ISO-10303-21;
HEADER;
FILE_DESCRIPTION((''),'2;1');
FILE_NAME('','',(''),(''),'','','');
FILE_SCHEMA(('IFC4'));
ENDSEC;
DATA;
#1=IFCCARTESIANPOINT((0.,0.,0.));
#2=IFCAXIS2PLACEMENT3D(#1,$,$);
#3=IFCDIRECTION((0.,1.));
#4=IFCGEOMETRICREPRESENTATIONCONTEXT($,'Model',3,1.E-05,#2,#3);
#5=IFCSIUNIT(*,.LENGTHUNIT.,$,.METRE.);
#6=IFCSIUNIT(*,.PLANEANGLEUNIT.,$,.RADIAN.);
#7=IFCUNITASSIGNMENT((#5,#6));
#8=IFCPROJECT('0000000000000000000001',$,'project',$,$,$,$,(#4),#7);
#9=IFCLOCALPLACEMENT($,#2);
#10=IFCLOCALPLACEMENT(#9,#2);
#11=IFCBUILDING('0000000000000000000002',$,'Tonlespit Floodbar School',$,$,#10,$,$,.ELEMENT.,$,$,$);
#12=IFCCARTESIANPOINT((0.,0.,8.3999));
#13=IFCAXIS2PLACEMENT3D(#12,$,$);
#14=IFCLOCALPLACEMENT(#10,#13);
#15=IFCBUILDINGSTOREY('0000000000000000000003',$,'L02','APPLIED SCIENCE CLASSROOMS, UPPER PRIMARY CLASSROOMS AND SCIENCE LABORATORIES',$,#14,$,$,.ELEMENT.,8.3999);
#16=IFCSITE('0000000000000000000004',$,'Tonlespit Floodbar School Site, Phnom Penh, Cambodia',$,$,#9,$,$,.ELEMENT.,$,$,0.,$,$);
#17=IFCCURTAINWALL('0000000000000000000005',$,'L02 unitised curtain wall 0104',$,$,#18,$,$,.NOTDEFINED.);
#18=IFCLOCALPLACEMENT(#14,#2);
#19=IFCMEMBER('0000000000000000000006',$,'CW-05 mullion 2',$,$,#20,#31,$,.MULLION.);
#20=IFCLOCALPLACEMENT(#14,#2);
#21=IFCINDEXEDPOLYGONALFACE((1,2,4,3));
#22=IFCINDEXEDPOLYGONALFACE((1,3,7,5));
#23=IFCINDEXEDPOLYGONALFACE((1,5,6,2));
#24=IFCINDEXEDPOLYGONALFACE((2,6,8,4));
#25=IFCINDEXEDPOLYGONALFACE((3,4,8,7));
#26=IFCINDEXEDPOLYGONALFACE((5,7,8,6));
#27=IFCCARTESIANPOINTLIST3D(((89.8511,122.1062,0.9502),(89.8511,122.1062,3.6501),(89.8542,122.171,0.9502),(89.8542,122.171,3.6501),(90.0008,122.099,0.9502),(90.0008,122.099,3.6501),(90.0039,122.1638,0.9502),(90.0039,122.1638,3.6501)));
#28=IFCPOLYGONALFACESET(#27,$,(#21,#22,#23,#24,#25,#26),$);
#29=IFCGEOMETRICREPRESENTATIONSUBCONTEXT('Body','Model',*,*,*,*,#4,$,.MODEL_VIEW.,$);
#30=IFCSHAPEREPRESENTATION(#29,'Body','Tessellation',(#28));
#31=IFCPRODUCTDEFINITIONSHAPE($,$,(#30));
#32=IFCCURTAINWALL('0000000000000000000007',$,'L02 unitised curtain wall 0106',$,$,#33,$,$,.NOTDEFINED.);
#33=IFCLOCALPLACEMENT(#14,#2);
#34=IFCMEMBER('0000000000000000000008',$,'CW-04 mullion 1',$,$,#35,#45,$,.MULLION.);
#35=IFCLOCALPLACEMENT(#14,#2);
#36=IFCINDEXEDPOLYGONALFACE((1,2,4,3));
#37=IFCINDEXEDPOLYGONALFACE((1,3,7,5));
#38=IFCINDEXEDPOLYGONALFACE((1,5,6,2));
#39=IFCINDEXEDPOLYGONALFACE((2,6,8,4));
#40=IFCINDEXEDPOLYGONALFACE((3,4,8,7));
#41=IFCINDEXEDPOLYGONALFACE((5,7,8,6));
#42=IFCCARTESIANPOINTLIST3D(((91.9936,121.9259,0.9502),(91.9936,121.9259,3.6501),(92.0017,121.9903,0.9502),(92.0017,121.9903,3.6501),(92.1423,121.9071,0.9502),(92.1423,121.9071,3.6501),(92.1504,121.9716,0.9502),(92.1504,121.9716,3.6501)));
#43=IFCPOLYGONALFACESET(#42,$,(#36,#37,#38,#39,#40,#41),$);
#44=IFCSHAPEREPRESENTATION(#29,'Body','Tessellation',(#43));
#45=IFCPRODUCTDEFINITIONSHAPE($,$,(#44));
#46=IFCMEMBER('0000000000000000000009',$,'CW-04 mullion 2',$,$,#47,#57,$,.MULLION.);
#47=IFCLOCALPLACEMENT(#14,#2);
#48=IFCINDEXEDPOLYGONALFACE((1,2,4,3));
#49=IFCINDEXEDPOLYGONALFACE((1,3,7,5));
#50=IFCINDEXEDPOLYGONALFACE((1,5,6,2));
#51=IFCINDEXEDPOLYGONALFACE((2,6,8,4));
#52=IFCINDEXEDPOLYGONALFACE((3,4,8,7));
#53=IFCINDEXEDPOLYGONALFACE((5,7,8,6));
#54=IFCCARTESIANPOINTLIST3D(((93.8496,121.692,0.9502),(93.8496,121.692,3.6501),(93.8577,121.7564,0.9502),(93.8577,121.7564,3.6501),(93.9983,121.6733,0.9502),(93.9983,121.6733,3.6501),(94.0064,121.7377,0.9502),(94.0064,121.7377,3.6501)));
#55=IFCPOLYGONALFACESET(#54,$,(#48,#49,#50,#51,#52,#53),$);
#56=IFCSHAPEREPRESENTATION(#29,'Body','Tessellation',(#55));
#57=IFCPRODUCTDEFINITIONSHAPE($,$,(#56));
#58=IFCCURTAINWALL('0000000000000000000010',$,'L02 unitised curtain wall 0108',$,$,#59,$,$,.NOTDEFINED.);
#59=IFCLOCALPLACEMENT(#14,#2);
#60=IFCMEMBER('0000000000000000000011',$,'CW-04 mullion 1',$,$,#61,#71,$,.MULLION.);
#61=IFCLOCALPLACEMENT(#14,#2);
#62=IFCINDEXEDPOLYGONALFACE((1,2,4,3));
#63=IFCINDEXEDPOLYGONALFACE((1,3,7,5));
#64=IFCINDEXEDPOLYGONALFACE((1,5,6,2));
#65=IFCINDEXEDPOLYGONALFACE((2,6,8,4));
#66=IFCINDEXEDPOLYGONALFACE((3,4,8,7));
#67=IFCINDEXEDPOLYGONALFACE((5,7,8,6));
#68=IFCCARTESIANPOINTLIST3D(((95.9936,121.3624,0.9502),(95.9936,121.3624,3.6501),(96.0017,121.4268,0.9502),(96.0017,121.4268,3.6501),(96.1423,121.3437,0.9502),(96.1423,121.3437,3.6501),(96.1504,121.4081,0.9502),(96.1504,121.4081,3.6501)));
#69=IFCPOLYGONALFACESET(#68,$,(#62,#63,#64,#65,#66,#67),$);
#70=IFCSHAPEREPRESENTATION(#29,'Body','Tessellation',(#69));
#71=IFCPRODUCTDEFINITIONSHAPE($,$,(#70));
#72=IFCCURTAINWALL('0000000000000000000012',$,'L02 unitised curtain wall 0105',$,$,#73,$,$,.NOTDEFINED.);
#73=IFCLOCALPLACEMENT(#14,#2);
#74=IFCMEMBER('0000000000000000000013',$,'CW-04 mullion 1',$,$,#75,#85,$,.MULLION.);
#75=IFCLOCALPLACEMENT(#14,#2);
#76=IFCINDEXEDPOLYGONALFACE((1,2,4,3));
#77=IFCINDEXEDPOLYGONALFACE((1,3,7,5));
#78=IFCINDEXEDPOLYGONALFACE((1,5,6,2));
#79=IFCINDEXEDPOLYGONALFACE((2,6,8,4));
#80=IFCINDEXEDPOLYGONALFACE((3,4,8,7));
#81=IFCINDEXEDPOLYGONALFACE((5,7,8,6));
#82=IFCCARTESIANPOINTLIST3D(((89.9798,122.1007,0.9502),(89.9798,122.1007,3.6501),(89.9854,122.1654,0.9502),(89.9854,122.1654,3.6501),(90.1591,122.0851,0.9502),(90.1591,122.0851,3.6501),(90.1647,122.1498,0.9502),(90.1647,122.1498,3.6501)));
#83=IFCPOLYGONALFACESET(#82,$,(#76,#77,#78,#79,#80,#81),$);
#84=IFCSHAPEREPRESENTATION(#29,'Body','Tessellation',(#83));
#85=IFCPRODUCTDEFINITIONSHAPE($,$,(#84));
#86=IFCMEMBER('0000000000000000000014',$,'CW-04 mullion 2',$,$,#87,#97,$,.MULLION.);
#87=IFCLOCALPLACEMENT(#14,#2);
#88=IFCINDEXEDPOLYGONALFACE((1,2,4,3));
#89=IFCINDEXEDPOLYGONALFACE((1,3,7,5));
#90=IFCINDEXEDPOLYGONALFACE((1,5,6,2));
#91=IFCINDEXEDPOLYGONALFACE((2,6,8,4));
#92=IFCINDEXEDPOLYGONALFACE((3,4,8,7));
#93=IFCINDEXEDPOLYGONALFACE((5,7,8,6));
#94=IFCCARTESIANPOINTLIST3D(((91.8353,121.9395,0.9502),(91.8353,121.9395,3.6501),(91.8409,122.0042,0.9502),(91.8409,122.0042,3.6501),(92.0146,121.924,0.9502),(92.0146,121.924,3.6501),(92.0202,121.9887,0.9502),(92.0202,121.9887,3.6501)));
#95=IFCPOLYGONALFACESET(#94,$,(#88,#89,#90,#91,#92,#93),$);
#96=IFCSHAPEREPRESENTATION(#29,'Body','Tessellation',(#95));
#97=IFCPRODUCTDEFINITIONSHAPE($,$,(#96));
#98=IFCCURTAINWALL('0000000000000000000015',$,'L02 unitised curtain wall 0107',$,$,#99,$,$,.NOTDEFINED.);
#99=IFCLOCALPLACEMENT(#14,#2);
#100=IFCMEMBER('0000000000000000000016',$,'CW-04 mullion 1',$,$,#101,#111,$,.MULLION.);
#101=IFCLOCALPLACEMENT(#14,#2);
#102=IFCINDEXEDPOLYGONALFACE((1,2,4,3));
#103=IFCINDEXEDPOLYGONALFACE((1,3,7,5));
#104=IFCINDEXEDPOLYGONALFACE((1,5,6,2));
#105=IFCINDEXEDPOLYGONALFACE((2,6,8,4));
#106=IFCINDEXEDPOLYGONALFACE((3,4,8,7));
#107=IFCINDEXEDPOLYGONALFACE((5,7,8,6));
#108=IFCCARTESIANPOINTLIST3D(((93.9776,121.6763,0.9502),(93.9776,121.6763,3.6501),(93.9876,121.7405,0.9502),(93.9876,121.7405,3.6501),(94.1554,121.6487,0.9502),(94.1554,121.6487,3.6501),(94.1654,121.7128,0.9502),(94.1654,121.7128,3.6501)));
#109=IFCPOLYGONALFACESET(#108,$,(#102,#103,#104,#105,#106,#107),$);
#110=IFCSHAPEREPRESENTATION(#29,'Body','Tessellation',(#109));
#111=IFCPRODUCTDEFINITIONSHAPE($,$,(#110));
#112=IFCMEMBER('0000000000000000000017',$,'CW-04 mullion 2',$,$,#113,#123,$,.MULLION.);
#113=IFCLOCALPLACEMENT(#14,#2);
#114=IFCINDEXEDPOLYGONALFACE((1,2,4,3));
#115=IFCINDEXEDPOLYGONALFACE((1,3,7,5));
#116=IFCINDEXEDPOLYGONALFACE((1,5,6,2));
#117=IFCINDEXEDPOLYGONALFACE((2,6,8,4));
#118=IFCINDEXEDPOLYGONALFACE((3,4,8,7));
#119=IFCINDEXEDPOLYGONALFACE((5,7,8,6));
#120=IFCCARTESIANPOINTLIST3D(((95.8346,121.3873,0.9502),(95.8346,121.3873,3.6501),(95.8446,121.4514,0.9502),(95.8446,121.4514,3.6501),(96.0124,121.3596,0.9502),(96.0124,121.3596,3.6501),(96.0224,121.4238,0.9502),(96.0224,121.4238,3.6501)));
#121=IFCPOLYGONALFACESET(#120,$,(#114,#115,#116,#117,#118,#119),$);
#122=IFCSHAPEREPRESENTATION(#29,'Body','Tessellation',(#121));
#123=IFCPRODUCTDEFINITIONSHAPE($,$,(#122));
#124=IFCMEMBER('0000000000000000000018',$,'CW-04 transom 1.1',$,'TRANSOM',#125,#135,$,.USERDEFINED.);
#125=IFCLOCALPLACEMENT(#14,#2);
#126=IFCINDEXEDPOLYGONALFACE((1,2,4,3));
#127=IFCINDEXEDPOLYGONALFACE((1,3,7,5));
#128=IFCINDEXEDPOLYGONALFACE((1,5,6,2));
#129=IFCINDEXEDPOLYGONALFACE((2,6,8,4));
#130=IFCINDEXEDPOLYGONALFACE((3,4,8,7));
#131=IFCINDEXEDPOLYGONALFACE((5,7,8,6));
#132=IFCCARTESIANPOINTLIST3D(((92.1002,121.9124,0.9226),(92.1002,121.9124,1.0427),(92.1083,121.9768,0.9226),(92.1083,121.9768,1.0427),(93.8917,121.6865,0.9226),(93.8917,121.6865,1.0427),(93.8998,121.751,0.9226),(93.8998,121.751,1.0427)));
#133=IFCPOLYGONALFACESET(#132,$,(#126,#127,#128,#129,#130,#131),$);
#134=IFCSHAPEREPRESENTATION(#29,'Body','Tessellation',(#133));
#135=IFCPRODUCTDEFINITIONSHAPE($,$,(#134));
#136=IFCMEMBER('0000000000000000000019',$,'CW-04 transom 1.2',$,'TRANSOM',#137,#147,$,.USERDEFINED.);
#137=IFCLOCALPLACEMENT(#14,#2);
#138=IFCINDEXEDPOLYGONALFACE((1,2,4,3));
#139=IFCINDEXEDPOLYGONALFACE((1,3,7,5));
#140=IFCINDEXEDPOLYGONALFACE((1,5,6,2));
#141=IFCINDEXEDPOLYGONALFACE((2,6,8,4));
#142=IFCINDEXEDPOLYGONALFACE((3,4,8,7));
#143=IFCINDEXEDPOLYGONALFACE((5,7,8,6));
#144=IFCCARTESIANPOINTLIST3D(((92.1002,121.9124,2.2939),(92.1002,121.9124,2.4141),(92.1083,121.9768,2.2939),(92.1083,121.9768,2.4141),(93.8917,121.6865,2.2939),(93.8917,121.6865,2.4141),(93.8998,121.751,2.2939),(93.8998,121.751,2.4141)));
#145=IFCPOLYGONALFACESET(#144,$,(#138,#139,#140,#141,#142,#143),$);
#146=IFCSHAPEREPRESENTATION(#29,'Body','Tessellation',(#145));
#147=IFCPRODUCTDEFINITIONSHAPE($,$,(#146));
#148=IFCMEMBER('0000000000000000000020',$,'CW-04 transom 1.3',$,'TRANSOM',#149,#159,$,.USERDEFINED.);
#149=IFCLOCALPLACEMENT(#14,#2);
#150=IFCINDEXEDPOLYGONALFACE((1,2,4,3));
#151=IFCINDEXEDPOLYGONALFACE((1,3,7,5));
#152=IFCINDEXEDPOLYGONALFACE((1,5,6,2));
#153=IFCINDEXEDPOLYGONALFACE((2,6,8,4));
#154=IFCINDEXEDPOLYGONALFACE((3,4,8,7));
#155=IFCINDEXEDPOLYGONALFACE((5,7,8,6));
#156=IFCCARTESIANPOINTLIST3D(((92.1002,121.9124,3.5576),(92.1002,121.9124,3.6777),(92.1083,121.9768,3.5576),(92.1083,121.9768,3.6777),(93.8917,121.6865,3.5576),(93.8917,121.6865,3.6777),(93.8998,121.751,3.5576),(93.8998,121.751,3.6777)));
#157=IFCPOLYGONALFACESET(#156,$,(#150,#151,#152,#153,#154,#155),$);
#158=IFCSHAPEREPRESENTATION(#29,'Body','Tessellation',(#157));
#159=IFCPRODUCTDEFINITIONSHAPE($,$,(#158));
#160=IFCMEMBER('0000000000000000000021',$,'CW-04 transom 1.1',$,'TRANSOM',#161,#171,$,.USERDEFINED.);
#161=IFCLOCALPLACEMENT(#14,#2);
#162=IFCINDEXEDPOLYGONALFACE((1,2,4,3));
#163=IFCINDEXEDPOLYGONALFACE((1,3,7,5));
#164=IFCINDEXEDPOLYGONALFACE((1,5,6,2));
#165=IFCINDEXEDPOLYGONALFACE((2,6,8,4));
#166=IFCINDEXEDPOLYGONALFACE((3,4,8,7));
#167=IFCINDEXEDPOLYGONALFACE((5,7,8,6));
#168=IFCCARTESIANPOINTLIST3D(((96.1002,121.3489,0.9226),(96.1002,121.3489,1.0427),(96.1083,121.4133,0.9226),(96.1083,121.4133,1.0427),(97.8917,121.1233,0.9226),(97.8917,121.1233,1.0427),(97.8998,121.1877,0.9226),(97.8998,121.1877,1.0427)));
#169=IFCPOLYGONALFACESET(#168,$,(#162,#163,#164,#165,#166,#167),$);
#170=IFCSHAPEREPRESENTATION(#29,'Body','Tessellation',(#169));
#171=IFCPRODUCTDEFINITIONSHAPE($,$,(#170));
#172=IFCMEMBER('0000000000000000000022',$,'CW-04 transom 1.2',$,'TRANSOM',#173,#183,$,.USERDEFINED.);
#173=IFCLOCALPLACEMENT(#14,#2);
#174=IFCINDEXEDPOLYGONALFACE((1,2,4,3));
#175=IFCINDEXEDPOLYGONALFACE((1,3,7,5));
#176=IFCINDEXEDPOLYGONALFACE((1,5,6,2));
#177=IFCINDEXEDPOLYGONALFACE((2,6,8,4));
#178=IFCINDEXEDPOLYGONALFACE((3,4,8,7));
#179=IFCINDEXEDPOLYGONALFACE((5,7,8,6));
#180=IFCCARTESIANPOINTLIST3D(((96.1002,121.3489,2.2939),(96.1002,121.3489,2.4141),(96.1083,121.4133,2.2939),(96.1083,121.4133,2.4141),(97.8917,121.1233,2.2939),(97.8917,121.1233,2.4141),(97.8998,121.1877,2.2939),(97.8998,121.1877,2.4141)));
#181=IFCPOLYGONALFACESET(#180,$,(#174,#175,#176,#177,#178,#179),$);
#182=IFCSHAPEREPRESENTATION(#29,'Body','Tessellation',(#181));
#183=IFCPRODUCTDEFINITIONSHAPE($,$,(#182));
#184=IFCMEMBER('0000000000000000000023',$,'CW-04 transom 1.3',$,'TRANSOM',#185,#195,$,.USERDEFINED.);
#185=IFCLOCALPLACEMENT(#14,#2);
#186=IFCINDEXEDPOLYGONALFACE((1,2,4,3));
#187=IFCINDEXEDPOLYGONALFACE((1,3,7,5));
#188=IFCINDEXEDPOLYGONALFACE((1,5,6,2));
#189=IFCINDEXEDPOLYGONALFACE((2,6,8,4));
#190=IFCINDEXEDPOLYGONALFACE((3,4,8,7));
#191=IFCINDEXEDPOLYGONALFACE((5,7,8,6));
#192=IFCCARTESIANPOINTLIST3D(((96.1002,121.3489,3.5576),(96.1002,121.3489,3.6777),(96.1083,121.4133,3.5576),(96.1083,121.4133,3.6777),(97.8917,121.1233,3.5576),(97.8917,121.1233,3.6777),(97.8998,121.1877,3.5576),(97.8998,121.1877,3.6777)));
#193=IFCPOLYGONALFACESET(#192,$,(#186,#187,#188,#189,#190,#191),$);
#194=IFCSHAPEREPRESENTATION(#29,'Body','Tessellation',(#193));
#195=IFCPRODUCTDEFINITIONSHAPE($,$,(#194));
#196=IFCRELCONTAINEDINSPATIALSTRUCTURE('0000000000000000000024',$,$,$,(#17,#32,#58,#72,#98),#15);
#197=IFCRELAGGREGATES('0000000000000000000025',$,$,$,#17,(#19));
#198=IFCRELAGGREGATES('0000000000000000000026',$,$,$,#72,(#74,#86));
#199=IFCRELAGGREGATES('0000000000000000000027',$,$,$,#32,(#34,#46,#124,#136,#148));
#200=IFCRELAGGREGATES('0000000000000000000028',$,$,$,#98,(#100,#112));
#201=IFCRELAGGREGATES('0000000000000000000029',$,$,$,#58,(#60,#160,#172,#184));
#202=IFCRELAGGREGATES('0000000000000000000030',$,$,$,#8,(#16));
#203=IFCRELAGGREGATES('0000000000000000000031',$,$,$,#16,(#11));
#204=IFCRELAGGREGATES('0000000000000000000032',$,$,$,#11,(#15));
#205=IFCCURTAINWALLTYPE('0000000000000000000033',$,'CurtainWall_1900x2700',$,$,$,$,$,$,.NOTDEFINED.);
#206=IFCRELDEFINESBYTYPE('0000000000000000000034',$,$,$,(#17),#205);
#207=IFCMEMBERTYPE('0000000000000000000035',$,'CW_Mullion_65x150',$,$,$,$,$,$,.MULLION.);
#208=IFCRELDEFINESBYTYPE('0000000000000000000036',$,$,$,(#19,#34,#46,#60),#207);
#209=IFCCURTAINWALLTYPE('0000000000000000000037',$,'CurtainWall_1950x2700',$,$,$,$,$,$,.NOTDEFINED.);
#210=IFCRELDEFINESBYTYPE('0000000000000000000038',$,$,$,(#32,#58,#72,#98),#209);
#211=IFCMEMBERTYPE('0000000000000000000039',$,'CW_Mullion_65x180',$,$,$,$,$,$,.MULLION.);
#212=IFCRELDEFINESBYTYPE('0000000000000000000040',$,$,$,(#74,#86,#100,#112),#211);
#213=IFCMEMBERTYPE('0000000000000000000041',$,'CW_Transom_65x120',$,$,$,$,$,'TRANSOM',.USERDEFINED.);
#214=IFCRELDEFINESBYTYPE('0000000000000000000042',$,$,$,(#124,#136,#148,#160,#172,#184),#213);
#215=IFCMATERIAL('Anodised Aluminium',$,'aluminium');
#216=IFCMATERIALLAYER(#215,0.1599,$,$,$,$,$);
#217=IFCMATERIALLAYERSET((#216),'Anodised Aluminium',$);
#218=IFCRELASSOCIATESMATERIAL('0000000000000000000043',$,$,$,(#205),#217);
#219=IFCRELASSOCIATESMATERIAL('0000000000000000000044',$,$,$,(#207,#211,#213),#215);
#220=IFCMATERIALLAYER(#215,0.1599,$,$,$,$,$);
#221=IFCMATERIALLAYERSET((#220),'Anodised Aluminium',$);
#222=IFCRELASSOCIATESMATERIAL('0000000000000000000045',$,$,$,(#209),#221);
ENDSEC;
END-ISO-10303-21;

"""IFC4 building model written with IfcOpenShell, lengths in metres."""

from ifc_helpers import new_model, si_unit, direction, frame, origin, origin_2d, place, context, subcontext, project, spatial, rectangle, extrude, material, layer, layer_set, material_profile, profile_set, type_object, element, aggregate, save


model = new_model("IFC4")

# Units and contexts
model_context = context("Model", 3, precision=1e-05, world=origin(), true_north=direction((0.0, 1.0)))
body_context = subcontext(model_context, "Body", "Model", "MODEL_VIEW")
ifc_project = project(units=[si_unit("LENGTHUNIT", "METRE"), si_unit("PLANEANGLEUNIT", "RADIAN")], contexts=[model_context])

# Site, building, storey
site_placement = place(None, origin())
site = spatial("IfcSite", under=ifc_project, at=site_placement, Name="Tonlespit Floodbar School Site, Phnom Penh, Cambodia", CompositionType="ELEMENT", RefElevation=0.0)
building_placement = place(site_placement, origin())
building = spatial("IfcBuilding", under=site, at=building_placement, Name="Tonlespit Floodbar School", CompositionType="ELEMENT")
storey_placement = place(building_placement, frame((0.0, 0.0, 8.3999)))
storey = spatial("IfcBuildingStorey", under=building, at=storey_placement, Name="L02", Description="APPLIED SCIENCE CLASSROOMS, UPPER PRIMARY CLASSROOMS AND SCIENCE LABORATORIES", CompositionType="ELEMENT", Elevation=8.3999)

# Curtain wall, member
ifc_material_1 = material(Name="Anodised Aluminium", Category="aluminium")
ifc_layer_1 = layer(ifc_material_1, 0.1599)
ifc_layer_set_1 = layer_set([ifc_layer_1], Name="Anodised Aluminium")
curtain_wall_type_1 = type_object("IfcCurtainWallType", Name="CurtainWall_1900x2700", PredefinedType="NOTDEFINED", material=ifc_layer_set_1)
curtain_wall_1_placement = place(storey_placement, origin())
curtain_wall_1 = element("IfcCurtainWall", 1, at=curtain_wall_1_placement, inside=storey, type_object=curtain_wall_type_1, Name="L02 unitised curtain wall 0104", PredefinedType="NOTDEFINED")
ifc_material_profile_1 = material_profile(ifc_material_1, rectangle(XDim=0.0649, YDim=0.1499, at=origin_2d()), Name="ALU M65x150")
ifc_profile_set_1 = profile_set([ifc_material_profile_1], Name="Anodised Aluminium")
member_type_1 = type_object("IfcMemberType", Name="CW_Mullion_65x150", PredefinedType="MULLION", material=ifc_profile_set_1)
member_1_placement = place(storey_placement, frame((89.9275, 122.135, 0.9502), z_axis=(0.0, 0.0, 1.0), x_axis=(0.048121, 0.998842, 0.0)))
member_1 = element("IfcMember", 2, at=member_1_placement, type_object=member_type_1, Name="CW-05 mullion 2", PredefinedType="MULLION", context=body_context, shape_type="SweptSolid", body=[
    extrude(rectangle(XDim=0.0649, YDim=0.1499, at=origin_2d()), origin(), (0.0, 0.0, 1.0), 2.7),
])
aggregate(curtain_wall_1, [member_1])

# Curtain wall, members
ifc_layer_2 = layer(ifc_material_1, 0.1599)
ifc_layer_set_2 = layer_set([ifc_layer_2], Name="Anodised Aluminium")
curtain_wall_type_2 = type_object("IfcCurtainWallType", Name="CurtainWall_1950x2700", PredefinedType="NOTDEFINED", material=ifc_layer_set_2)
curtain_wall_2_placement = place(storey_placement, origin())
curtain_wall_2 = element("IfcCurtainWall", 3, at=curtain_wall_2_placement, inside=storey, type_object=curtain_wall_type_2, Name="L02 unitised curtain wall 0106", PredefinedType="NOTDEFINED")
member_2_placement = place(storey_placement, frame((92.072, 121.9487, 0.9502), z_axis=(0.0, 0.0, 1.0), x_axis=(0.125014, 0.992155, 0.0)))
member_2 = element("IfcMember", 4, at=member_2_placement, type_object=member_type_1, Name="CW-04 mullion 1", PredefinedType="MULLION", context=body_context, shape_type="SweptSolid", body=[
    extrude(rectangle(XDim=0.0649, YDim=0.1499, at=origin_2d()), origin(), (0.0, 0.0, 1.0), 2.7),
])
member_3_placement = place(storey_placement, frame((93.928, 121.7148, 0.9502), z_axis=(0.0, 0.0, 1.0), x_axis=(0.125014, 0.992155, 0.0)))
member_3 = element("IfcMember", 5, at=member_3_placement, type_object=member_type_1, Name="CW-04 mullion 2", PredefinedType="MULLION", context=body_context, shape_type="SweptSolid", body=[
    extrude(rectangle(XDim=0.0649, YDim=0.1499, at=origin_2d()), origin(), (0.0, 0.0, 1.0), 2.7),
])

# Curtain wall, member
curtain_wall_3_placement = place(storey_placement, origin())
curtain_wall_3 = element("IfcCurtainWall", 6, at=curtain_wall_3_placement, inside=storey, type_object=curtain_wall_type_2, Name="L02 unitised curtain wall 0108", PredefinedType="NOTDEFINED")
member_4_placement = place(storey_placement, frame((96.072, 121.3853, 0.9502), z_axis=(0.0, 0.0, 1.0), x_axis=(0.125014, 0.992155, 0.0)))
member_4 = element("IfcMember", 7, at=member_4_placement, type_object=member_type_1, Name="CW-04 mullion 1", PredefinedType="MULLION", context=body_context, shape_type="SweptSolid", body=[
    extrude(rectangle(XDim=0.0649, YDim=0.1499, at=origin_2d()), origin(), (0.0, 0.0, 1.0), 2.7),
])

# Curtain walls, members
curtain_wall_4_placement = place(storey_placement, origin())
curtain_wall_4 = element("IfcCurtainWall", 8, at=curtain_wall_4_placement, inside=storey, type_object=curtain_wall_type_2, Name="L02 unitised curtain wall 0105", PredefinedType="NOTDEFINED")
ifc_material_profile_2 = material_profile(ifc_material_1, rectangle(XDim=0.0649, YDim=0.1799, at=origin_2d()), Name="ALU M65x180")
ifc_profile_set_2 = profile_set([ifc_material_profile_2], Name="Anodised Aluminium")
member_type_2 = type_object("IfcMemberType", Name="CW_Mullion_65x180", PredefinedType="MULLION", material=ifc_profile_set_2)
member_5_placement = place(storey_placement, frame((90.0723, 122.1252, 0.9502), z_axis=(0.0, 0.0, 1.0), x_axis=(0.086531, 0.996249, 0.0)))
member_5 = element("IfcMember", 9, at=member_5_placement, type_object=member_type_2, Name="CW-04 mullion 1", PredefinedType="MULLION", context=body_context, shape_type="SweptSolid", body=[
    extrude(rectangle(XDim=0.0649, YDim=0.1799, at=origin_2d()), origin(), (0.0, 0.0, 1.0), 2.7),
])
member_6_placement = place(storey_placement, frame((91.9277, 121.9641, 0.9502), z_axis=(0.0, 0.0, 1.0), x_axis=(0.086531, 0.996249, 0.0)))
member_6 = element("IfcMember", 10, at=member_6_placement, type_object=member_type_2, Name="CW-04 mullion 2", PredefinedType="MULLION", context=body_context, shape_type="SweptSolid", body=[
    extrude(rectangle(XDim=0.0649, YDim=0.1799, at=origin_2d()), origin(), (0.0, 0.0, 1.0), 2.7),
])
curtain_wall_5_placement = place(storey_placement, origin())
curtain_wall_5 = element("IfcCurtainWall", 11, at=curtain_wall_5_placement, inside=storey, type_object=curtain_wall_type_2, Name="L02 unitised curtain wall 0107", PredefinedType="NOTDEFINED")
member_7_placement = place(storey_placement, frame((94.0715, 121.6946, 0.9502), z_axis=(0.0, 0.0, 1.0), x_axis=(0.153796, 0.988103, 0.0)))
member_7 = element("IfcMember", 12, at=member_7_placement, type_object=member_type_2, Name="CW-04 mullion 1", PredefinedType="MULLION", context=body_context, shape_type="SweptSolid", body=[
    extrude(rectangle(XDim=0.0649, YDim=0.1799, at=origin_2d()), origin(), (0.0, 0.0, 1.0), 2.7),
])
member_8_placement = place(storey_placement, frame((95.9285, 121.4055, 0.9502), z_axis=(0.0, 0.0, 1.0), x_axis=(0.153796, 0.988103, 0.0)))
member_8 = element("IfcMember", 13, at=member_8_placement, type_object=member_type_2, Name="CW-04 mullion 2", PredefinedType="MULLION", context=body_context, shape_type="SweptSolid", body=[
    extrude(rectangle(XDim=0.0649, YDim=0.1799, at=origin_2d()), origin(), (0.0, 0.0, 1.0), 2.7),
])

# Members
ifc_material_profile_3 = material_profile(ifc_material_1, rectangle(XDim=0.0649, YDim=0.1201, at=origin_2d()), Name="ALU T65x120")
ifc_profile_set_3 = profile_set([ifc_material_profile_3], Name="Anodised Aluminium")
member_type_3 = type_object("IfcMemberType", Name="CW_Transom_65x120", ElementType="TRANSOM", PredefinedType="USERDEFINED", material=ifc_profile_set_3)
member_9_placement = place(storey_placement, frame((92.1042, 121.9446, 0.9827), z_axis=(0.992148, -0.125066, 0.0), x_axis=(0.125066, 0.992148, 0.0)))
member_9 = element("IfcMember", 14, at=member_9_placement, type_object=member_type_3, Name="CW-04 transom 1.1", ObjectType="TRANSOM", PredefinedType="USERDEFINED", context=body_context, shape_type="SweptSolid", body=[
    extrude(rectangle(XDim=0.0649, YDim=0.1201, at=origin_2d()), origin(), (0.0, 0.0, 1.0), 1.8057),
])
member_10_placement = place(storey_placement, frame((92.1042, 121.9446, 2.354), z_axis=(0.992148, -0.125066, 0.0), x_axis=(0.125066, 0.992148, 0.0)))
member_10 = element("IfcMember", 15, at=member_10_placement, type_object=member_type_3, Name="CW-04 transom 1.2", ObjectType="TRANSOM", PredefinedType="USERDEFINED", context=body_context, shape_type="SweptSolid", body=[
    extrude(rectangle(XDim=0.0649, YDim=0.1201, at=origin_2d()), origin(), (0.0, 0.0, 1.0), 1.8057),
])
member_11_placement = place(storey_placement, frame((92.1042, 121.9446, 3.6177), z_axis=(0.992148, -0.125066, 0.0), x_axis=(0.125066, 0.992148, 0.0)))
member_11 = element("IfcMember", 16, at=member_11_placement, type_object=member_type_3, Name="CW-04 transom 1.3", ObjectType="TRANSOM", PredefinedType="USERDEFINED", context=body_context, shape_type="SweptSolid", body=[
    extrude(rectangle(XDim=0.0649, YDim=0.1201, at=origin_2d()), origin(), (0.0, 0.0, 1.0), 1.8057),
])
member_12_placement = place(storey_placement, frame((96.1042, 121.3811, 0.9827), z_axis=(0.992165, -0.124933, 0.0), x_axis=(0.124933, 0.992165, 0.0)))
member_12 = element("IfcMember", 17, at=member_12_placement, type_object=member_type_3, Name="CW-04 transom 1.1", ObjectType="TRANSOM", PredefinedType="USERDEFINED", context=body_context, shape_type="SweptSolid", body=[
    extrude(rectangle(XDim=0.0649, YDim=0.1201, at=origin_2d()), origin(), (0.0, 0.0, 1.0), 1.8057),
])
member_13_placement = place(storey_placement, frame((96.1042, 121.3811, 2.354), z_axis=(0.992165, -0.124933, 0.0), x_axis=(0.124933, 0.992165, 0.0)))
member_13 = element("IfcMember", 18, at=member_13_placement, type_object=member_type_3, Name="CW-04 transom 1.2", ObjectType="TRANSOM", PredefinedType="USERDEFINED", context=body_context, shape_type="SweptSolid", body=[
    extrude(rectangle(XDim=0.0649, YDim=0.1201, at=origin_2d()), origin(), (0.0, 0.0, 1.0), 1.8057),
])
member_14_placement = place(storey_placement, frame((96.1042, 121.3811, 3.6177), z_axis=(0.992165, -0.124933, 0.0), x_axis=(0.124933, 0.992165, 0.0)))
member_14 = element("IfcMember", 19, at=member_14_placement, type_object=member_type_3, Name="CW-04 transom 1.3", ObjectType="TRANSOM", PredefinedType="USERDEFINED", context=body_context, shape_type="SweptSolid", body=[
    extrude(rectangle(XDim=0.0649, YDim=0.1201, at=origin_2d()), origin(), (0.0, 0.0, 1.0), 1.8057),
])

aggregate(curtain_wall_4, [member_5, member_6])
aggregate(curtain_wall_2, [member_2, member_3, member_9, member_10, member_11])
aggregate(curtain_wall_5, [member_7, member_8])
aggregate(curtain_wall_3, [member_4, member_12, member_13, member_14])

save(model, "model.ifc")
